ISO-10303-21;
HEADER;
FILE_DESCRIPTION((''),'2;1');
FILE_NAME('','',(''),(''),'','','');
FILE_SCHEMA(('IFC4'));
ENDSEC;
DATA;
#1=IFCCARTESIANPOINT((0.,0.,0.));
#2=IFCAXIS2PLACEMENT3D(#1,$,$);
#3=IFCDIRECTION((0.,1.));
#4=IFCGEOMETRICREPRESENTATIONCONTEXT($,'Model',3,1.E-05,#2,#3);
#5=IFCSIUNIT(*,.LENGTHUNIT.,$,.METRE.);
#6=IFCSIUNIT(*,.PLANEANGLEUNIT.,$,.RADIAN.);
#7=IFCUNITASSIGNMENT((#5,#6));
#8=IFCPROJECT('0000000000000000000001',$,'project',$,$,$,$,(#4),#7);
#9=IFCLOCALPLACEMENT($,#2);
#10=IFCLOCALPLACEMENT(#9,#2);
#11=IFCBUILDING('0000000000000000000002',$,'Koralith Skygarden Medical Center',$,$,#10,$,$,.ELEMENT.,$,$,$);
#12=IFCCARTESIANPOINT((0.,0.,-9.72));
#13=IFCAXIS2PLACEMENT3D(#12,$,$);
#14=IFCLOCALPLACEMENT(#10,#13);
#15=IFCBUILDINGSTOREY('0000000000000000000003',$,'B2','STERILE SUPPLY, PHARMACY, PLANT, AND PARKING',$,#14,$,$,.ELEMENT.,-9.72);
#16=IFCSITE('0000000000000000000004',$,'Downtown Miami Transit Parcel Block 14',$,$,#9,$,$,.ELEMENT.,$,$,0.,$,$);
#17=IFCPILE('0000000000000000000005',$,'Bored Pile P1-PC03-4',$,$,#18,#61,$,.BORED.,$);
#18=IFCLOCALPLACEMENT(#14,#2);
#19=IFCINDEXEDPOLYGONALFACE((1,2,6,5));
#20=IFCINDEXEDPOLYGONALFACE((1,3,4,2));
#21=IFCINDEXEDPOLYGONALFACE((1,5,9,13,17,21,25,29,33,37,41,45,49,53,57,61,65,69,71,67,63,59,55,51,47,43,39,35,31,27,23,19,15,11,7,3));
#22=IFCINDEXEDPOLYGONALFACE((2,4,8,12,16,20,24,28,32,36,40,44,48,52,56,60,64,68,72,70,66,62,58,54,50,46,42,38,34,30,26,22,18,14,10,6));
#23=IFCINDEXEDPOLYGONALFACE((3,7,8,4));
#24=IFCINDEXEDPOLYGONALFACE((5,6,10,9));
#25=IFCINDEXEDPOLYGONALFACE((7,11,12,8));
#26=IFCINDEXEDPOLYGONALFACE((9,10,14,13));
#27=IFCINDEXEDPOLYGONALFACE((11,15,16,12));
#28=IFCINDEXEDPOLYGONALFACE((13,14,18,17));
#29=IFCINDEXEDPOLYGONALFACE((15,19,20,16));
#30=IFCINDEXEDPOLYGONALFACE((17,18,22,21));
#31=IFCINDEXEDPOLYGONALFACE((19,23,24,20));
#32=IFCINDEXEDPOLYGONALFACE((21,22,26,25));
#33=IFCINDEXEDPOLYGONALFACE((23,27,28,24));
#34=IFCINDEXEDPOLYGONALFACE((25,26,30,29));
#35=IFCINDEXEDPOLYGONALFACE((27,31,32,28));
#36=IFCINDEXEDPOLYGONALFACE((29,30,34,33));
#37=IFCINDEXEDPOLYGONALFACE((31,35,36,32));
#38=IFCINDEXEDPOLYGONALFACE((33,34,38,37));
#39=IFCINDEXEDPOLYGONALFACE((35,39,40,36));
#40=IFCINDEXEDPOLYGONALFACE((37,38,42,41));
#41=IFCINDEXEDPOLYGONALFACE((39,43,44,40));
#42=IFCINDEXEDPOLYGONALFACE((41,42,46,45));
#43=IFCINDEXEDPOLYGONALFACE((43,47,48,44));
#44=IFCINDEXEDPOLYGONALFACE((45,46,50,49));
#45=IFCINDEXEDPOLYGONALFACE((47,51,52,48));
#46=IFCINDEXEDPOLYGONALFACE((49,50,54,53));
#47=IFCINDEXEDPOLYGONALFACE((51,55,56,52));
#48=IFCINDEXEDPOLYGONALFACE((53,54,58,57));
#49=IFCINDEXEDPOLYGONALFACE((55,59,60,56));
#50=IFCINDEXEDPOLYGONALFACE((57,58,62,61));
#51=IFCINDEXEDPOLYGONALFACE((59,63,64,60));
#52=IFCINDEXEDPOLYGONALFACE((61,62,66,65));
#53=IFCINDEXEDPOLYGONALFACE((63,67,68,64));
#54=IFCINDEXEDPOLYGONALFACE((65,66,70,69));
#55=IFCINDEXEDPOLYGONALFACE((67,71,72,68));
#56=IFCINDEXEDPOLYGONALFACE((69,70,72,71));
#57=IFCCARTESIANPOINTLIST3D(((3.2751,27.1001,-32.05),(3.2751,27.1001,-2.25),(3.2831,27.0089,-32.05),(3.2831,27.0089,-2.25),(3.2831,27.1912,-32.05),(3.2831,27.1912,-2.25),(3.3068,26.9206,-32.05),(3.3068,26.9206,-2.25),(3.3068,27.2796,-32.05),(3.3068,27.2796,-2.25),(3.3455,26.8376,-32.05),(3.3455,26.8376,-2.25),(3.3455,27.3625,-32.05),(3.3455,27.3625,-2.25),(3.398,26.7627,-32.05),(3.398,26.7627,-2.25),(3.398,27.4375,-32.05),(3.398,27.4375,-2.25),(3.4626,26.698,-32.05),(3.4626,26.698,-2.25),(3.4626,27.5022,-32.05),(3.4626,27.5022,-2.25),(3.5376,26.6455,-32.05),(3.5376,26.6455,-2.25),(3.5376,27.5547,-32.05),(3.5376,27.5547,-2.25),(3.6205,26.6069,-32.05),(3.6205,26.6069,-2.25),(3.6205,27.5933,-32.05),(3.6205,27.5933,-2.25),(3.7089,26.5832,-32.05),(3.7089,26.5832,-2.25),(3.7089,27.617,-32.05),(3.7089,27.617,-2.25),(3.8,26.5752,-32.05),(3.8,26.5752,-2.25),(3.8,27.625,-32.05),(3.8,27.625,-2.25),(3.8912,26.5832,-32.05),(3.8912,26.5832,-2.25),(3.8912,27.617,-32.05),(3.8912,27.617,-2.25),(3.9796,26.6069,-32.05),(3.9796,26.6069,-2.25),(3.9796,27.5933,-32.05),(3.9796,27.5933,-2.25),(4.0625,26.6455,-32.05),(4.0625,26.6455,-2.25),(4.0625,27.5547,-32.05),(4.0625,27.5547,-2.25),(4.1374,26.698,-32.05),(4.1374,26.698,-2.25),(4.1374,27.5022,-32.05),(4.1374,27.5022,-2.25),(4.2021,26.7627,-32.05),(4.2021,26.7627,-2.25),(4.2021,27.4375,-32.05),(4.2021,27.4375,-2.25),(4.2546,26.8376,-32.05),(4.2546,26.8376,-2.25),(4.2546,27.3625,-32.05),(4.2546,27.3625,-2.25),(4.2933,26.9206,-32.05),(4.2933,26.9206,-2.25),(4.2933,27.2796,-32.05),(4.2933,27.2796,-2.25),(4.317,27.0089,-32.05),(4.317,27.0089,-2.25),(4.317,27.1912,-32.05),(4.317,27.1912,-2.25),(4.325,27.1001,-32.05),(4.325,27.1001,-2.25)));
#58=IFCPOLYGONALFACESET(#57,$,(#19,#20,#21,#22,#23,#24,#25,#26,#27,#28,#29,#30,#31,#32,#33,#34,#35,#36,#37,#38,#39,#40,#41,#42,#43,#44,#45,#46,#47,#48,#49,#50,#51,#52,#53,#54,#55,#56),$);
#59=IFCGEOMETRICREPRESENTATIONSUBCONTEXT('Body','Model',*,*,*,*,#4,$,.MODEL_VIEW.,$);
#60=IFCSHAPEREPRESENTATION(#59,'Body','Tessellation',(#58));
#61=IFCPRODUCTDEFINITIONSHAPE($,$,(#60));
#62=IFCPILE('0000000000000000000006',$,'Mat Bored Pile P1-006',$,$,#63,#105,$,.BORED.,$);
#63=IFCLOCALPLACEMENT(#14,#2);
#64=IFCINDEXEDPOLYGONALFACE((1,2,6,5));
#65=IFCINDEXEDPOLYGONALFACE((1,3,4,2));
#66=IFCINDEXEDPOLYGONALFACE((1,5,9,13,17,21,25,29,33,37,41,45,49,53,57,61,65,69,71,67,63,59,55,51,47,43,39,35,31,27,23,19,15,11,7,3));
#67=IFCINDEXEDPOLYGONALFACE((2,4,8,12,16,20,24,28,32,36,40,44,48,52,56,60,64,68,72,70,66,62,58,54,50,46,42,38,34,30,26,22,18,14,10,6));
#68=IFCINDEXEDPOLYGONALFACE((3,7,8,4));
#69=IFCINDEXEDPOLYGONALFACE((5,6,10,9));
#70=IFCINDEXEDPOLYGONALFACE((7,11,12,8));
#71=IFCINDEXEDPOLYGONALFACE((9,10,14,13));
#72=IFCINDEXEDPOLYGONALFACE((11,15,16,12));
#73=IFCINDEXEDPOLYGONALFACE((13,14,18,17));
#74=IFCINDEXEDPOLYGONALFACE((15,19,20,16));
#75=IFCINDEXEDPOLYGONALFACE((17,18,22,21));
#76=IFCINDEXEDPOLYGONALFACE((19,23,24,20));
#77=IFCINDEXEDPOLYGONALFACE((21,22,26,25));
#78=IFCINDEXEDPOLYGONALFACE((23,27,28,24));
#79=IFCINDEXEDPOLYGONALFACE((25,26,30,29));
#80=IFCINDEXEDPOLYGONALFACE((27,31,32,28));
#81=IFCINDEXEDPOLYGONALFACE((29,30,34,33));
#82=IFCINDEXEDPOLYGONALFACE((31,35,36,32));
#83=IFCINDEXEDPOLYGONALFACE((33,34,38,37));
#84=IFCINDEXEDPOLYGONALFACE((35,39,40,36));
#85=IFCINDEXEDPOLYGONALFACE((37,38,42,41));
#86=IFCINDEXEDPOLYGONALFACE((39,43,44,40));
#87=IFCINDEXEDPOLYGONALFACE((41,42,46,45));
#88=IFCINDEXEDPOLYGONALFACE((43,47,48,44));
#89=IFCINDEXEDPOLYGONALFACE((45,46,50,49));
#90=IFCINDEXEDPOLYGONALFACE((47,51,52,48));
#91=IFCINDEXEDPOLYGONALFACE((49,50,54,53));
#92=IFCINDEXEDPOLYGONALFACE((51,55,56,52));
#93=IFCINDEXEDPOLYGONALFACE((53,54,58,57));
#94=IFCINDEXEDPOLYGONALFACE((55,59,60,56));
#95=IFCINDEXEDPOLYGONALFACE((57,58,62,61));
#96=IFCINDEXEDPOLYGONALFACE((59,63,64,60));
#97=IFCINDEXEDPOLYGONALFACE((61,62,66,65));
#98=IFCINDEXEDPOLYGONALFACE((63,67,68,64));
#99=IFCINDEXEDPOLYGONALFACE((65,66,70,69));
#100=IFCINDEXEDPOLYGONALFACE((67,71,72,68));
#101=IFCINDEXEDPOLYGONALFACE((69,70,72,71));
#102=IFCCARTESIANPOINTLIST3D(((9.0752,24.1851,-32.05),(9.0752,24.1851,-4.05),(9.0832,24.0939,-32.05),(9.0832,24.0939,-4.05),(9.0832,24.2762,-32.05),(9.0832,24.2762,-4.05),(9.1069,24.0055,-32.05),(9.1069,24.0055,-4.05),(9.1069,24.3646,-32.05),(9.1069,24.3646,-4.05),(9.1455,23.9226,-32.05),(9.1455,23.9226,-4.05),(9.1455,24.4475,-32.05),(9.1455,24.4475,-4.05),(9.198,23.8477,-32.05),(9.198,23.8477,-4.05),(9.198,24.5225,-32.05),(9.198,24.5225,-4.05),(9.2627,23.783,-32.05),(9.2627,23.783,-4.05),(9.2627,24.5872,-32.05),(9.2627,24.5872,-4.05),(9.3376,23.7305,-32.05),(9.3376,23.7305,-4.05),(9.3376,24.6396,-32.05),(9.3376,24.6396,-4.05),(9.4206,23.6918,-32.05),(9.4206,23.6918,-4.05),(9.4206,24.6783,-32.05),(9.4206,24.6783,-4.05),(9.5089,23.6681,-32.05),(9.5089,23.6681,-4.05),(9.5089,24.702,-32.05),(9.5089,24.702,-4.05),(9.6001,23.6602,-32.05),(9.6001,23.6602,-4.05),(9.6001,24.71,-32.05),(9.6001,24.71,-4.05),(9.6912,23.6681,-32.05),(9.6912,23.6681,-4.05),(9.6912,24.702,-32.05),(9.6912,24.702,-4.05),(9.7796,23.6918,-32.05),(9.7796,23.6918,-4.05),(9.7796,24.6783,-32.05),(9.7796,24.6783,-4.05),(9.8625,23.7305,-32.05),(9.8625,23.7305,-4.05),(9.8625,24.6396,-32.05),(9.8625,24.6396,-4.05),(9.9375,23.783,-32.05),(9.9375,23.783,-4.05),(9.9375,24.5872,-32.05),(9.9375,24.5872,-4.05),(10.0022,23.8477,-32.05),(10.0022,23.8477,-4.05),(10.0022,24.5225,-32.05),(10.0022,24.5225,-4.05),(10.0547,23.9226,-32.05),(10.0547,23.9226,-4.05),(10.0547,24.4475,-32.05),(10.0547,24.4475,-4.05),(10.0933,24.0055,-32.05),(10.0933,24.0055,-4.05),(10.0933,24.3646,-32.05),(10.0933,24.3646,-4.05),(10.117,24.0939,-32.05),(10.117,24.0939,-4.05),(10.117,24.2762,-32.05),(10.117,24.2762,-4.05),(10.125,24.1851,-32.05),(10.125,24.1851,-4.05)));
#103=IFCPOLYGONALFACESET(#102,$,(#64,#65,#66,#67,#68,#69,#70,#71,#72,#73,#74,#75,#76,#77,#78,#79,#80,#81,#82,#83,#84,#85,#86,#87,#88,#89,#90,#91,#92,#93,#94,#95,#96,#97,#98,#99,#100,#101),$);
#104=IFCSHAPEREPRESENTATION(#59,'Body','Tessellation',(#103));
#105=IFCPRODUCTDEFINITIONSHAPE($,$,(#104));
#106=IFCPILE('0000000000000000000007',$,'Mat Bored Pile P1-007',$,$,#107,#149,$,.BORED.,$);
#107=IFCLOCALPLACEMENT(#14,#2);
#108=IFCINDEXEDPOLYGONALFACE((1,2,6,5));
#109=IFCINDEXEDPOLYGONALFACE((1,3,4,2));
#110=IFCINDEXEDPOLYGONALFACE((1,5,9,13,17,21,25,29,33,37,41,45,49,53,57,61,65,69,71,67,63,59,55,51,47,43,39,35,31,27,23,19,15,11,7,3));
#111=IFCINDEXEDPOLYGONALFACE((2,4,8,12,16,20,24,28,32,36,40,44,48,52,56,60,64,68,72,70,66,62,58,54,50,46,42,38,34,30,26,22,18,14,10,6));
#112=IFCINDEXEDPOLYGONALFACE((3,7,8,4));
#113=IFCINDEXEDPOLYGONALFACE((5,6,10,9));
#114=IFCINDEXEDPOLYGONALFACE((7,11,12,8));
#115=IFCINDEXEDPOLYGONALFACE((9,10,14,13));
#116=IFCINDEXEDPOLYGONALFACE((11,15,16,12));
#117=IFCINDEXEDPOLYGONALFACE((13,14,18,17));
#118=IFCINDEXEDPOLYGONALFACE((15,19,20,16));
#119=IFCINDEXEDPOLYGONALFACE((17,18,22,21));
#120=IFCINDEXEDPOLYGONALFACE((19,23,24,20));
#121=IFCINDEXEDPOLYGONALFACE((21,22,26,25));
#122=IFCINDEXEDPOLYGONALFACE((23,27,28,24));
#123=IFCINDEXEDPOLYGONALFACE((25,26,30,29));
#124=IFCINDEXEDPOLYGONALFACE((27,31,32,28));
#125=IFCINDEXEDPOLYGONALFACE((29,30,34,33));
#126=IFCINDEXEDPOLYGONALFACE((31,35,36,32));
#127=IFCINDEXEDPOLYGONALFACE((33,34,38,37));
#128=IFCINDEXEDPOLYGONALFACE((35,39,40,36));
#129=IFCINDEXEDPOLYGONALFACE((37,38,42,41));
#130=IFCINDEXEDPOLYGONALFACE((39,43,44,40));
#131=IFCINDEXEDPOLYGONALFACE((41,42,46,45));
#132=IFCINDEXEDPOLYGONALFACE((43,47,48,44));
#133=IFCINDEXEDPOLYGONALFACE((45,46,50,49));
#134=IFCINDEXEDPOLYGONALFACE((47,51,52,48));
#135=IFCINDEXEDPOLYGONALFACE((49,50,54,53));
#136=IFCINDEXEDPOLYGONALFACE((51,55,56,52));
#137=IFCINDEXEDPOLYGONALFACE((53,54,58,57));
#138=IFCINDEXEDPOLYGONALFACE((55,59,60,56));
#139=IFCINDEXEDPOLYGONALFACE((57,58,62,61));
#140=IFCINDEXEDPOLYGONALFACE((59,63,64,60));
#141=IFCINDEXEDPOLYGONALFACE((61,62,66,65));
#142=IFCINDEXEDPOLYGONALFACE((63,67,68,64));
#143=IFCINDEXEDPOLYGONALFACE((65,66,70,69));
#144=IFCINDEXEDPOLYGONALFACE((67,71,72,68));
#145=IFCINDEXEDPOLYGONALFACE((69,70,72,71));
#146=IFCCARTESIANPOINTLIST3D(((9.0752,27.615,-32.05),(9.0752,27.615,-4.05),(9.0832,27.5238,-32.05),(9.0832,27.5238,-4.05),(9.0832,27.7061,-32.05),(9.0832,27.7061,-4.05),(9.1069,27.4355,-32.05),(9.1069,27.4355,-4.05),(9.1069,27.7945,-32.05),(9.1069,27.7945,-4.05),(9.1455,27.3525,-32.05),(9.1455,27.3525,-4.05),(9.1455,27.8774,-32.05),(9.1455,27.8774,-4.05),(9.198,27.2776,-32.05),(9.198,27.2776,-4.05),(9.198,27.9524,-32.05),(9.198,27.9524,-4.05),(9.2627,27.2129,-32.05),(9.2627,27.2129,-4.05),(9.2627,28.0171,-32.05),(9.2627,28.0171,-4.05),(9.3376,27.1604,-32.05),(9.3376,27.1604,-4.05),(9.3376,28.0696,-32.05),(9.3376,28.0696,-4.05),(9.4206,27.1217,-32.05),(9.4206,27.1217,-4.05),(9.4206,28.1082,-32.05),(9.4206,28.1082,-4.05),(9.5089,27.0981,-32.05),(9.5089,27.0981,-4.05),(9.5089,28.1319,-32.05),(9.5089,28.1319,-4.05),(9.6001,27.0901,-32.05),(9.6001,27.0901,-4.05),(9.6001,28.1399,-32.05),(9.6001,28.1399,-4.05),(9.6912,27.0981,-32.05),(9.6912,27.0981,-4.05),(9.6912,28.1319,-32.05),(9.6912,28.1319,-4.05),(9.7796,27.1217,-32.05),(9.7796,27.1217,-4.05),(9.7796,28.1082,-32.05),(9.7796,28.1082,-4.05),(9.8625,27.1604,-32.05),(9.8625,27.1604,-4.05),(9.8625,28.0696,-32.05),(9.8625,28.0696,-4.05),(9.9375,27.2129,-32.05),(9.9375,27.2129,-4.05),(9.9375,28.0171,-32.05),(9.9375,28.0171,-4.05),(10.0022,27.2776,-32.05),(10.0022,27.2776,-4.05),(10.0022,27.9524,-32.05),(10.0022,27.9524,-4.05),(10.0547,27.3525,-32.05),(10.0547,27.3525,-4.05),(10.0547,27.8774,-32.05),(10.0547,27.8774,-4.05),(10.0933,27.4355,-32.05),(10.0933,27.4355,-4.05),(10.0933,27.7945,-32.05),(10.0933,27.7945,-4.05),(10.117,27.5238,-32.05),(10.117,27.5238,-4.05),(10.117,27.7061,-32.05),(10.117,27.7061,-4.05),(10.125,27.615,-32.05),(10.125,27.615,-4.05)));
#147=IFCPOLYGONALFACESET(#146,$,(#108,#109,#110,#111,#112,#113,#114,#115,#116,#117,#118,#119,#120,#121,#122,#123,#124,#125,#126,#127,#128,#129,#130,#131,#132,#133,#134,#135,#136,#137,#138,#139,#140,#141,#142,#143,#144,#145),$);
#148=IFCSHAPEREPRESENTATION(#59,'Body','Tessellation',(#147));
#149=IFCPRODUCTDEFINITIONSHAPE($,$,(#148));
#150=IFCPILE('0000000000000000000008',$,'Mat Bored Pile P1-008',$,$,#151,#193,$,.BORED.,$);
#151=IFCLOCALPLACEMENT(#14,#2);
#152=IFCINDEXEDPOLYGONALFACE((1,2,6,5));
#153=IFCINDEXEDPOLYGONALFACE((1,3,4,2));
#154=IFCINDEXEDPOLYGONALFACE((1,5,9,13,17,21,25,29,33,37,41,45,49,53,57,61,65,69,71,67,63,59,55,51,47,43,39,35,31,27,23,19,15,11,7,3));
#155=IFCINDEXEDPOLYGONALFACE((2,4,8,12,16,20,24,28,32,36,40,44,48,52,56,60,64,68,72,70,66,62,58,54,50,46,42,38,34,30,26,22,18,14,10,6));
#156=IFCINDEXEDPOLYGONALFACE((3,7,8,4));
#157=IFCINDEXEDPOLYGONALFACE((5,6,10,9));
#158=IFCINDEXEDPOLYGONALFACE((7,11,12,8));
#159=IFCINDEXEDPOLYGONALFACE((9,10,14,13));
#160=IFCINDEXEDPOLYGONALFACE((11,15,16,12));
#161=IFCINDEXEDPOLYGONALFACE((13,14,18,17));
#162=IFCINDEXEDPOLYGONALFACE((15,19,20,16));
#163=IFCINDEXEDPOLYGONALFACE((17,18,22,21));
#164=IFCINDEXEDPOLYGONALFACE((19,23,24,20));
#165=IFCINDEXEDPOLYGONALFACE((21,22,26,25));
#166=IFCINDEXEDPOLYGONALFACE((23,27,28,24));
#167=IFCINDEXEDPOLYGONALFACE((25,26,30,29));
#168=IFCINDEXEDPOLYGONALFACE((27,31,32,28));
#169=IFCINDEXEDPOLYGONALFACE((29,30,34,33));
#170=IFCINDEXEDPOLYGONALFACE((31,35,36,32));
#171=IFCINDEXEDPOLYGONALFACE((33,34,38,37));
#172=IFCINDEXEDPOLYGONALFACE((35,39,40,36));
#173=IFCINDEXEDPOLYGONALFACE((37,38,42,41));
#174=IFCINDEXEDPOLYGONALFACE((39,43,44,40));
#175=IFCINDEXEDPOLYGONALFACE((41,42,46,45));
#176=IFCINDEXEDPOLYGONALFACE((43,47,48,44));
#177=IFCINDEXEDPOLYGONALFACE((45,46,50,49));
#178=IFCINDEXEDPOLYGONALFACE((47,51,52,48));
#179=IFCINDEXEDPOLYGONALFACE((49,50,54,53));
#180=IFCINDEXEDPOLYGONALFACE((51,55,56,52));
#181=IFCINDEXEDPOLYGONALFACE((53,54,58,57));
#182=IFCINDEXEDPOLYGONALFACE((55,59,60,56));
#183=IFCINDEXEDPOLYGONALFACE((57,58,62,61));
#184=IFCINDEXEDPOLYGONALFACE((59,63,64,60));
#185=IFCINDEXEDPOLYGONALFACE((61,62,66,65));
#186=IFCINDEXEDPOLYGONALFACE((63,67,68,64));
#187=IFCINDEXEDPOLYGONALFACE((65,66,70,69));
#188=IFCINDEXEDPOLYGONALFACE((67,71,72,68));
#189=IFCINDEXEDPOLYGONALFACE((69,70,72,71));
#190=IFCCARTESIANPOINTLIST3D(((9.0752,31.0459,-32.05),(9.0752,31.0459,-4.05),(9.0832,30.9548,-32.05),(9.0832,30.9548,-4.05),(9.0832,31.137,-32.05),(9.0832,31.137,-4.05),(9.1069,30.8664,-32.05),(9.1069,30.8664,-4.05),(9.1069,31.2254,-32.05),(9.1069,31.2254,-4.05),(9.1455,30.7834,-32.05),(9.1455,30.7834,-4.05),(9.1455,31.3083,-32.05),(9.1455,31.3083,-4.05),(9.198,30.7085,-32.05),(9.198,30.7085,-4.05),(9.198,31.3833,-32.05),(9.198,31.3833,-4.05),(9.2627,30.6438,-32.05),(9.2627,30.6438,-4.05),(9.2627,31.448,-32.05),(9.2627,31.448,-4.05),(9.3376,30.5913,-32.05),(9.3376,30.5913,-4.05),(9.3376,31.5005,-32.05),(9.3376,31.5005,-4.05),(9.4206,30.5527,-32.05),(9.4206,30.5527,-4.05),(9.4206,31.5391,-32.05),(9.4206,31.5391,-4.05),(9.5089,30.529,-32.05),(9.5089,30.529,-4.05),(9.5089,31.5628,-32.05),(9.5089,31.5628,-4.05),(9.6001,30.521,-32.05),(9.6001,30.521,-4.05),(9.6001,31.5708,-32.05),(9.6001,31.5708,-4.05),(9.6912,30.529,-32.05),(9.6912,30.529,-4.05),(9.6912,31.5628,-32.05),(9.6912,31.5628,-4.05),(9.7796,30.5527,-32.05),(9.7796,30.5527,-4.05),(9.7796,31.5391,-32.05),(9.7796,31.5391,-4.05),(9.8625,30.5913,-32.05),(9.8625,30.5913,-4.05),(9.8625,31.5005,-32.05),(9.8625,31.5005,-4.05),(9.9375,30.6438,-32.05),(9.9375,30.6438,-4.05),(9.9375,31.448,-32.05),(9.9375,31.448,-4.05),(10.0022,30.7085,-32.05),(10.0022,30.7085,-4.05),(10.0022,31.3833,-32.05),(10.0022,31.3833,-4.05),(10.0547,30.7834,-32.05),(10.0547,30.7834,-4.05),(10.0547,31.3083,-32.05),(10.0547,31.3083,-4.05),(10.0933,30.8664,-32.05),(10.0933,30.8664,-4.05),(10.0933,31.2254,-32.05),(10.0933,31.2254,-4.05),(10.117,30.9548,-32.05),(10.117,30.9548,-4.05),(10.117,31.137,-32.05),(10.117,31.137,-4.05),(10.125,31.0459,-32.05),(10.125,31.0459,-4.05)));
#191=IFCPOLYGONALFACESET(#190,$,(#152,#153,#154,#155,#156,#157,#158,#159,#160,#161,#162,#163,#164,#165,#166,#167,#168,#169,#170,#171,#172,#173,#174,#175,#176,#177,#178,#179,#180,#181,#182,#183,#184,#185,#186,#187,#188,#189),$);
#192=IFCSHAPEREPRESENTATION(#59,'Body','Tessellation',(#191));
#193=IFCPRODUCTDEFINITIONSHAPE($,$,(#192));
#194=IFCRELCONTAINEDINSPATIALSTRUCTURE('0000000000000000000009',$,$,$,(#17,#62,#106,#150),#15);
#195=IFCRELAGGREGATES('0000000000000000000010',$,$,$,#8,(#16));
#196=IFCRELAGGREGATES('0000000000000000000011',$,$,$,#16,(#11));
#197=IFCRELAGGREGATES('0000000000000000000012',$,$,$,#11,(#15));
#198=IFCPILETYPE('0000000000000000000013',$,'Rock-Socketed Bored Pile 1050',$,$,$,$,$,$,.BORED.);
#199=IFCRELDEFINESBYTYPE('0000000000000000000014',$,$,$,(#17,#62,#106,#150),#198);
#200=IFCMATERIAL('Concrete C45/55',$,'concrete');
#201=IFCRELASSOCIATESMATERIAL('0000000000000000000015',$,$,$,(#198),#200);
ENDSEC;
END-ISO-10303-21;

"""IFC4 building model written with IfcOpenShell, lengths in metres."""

from ifc_helpers import new_model, si_unit, direction, frame, origin, origin_2d, place, context, subcontext, project, spatial, circle, extrude, material, material_profile, profile_set, type_object, element, save


model = new_model("IFC4")

# Units and contexts
model_context = context("Model", 3, precision=1e-05, world=origin(), true_north=direction((0.0, 1.0)))
body_context = subcontext(model_context, "Body", "Model", "MODEL_VIEW")
ifc_project = project(units=[si_unit("LENGTHUNIT", "METRE"), si_unit("PLANEANGLEUNIT", "RADIAN")], contexts=[model_context])

# Site, building, storey
site_placement = place(None, origin())
site = spatial("IfcSite", under=ifc_project, at=site_placement, Name="Downtown Miami Transit Parcel Block 14", CompositionType="ELEMENT", RefElevation=0.0)
building_placement = place(site_placement, origin())
building = spatial("IfcBuilding", under=site, at=building_placement, Name="Koralith Skygarden Medical Center", CompositionType="ELEMENT")
storey_placement = place(building_placement, frame((0.0, 0.0, -9.72)))
storey = spatial("IfcBuildingStorey", under=building, at=storey_placement, Name="B2", Description="STERILE SUPPLY, PHARMACY, PLANT, AND PARKING", CompositionType="ELEMENT", Elevation=-9.72)

# Piles
ifc_material_1 = material(Name="Concrete C45/55", Category="concrete")
ifc_material_profile_1 = material_profile(ifc_material_1, circle(Radius=0.5249, at=origin_2d()), Name="PILE1050")
ifc_profile_set_1 = profile_set([ifc_material_profile_1], Name="Concrete C45/55")
pile_type = type_object("IfcPileType", Name="Rock-Socketed Bored Pile 1050", PredefinedType="BORED", material=ifc_profile_set_1)
for number, where, z_axis, x_axis, name in (
    (1, (3.8, 27.1001, -2.25), (0.0, 0.0, -1.0), (1.0, 0.0, 0.0), "Bored Pile P1-PC03-4"),
):
    element("IfcPile", number, at=place(storey_placement, frame(where, z_axis=z_axis, x_axis=x_axis)), inside=storey, type_object=pile_type, Name=name, PredefinedType="BORED", context=body_context, shape_type="SweptSolid", body=[
        extrude(circle(Radius=0.5249, at=origin_2d()), origin(), (0.0, 0.0, 1.0), 29.8),
    ])
for number, where, z_axis, x_axis, name in (
    (2, (9.6001, 24.1851, -4.05), (0.0, 0.0, -1.0), (1.0, 0.0, 0.0), "Mat Bored Pile P1-006"),
    (3, (9.6001, 27.615, -4.05), (0.0, 0.0, -1.0), (1.0, 0.0, 0.0), "Mat Bored Pile P1-007"),
    (4, (9.6001, 31.0459, -4.05), (0.0, 0.0, -1.0), (1.0, 0.0, 0.0), "Mat Bored Pile P1-008"),
):
    element("IfcPile", number, at=place(storey_placement, frame(where, z_axis=z_axis, x_axis=x_axis)), inside=storey, type_object=pile_type, Name=name, PredefinedType="BORED", context=body_context, shape_type="SweptSolid", body=[
        extrude(circle(Radius=0.5249, at=origin_2d()), origin(), (0.0, 0.0, 1.0), 28.0),
    ])

save(model, "model.ifc")
